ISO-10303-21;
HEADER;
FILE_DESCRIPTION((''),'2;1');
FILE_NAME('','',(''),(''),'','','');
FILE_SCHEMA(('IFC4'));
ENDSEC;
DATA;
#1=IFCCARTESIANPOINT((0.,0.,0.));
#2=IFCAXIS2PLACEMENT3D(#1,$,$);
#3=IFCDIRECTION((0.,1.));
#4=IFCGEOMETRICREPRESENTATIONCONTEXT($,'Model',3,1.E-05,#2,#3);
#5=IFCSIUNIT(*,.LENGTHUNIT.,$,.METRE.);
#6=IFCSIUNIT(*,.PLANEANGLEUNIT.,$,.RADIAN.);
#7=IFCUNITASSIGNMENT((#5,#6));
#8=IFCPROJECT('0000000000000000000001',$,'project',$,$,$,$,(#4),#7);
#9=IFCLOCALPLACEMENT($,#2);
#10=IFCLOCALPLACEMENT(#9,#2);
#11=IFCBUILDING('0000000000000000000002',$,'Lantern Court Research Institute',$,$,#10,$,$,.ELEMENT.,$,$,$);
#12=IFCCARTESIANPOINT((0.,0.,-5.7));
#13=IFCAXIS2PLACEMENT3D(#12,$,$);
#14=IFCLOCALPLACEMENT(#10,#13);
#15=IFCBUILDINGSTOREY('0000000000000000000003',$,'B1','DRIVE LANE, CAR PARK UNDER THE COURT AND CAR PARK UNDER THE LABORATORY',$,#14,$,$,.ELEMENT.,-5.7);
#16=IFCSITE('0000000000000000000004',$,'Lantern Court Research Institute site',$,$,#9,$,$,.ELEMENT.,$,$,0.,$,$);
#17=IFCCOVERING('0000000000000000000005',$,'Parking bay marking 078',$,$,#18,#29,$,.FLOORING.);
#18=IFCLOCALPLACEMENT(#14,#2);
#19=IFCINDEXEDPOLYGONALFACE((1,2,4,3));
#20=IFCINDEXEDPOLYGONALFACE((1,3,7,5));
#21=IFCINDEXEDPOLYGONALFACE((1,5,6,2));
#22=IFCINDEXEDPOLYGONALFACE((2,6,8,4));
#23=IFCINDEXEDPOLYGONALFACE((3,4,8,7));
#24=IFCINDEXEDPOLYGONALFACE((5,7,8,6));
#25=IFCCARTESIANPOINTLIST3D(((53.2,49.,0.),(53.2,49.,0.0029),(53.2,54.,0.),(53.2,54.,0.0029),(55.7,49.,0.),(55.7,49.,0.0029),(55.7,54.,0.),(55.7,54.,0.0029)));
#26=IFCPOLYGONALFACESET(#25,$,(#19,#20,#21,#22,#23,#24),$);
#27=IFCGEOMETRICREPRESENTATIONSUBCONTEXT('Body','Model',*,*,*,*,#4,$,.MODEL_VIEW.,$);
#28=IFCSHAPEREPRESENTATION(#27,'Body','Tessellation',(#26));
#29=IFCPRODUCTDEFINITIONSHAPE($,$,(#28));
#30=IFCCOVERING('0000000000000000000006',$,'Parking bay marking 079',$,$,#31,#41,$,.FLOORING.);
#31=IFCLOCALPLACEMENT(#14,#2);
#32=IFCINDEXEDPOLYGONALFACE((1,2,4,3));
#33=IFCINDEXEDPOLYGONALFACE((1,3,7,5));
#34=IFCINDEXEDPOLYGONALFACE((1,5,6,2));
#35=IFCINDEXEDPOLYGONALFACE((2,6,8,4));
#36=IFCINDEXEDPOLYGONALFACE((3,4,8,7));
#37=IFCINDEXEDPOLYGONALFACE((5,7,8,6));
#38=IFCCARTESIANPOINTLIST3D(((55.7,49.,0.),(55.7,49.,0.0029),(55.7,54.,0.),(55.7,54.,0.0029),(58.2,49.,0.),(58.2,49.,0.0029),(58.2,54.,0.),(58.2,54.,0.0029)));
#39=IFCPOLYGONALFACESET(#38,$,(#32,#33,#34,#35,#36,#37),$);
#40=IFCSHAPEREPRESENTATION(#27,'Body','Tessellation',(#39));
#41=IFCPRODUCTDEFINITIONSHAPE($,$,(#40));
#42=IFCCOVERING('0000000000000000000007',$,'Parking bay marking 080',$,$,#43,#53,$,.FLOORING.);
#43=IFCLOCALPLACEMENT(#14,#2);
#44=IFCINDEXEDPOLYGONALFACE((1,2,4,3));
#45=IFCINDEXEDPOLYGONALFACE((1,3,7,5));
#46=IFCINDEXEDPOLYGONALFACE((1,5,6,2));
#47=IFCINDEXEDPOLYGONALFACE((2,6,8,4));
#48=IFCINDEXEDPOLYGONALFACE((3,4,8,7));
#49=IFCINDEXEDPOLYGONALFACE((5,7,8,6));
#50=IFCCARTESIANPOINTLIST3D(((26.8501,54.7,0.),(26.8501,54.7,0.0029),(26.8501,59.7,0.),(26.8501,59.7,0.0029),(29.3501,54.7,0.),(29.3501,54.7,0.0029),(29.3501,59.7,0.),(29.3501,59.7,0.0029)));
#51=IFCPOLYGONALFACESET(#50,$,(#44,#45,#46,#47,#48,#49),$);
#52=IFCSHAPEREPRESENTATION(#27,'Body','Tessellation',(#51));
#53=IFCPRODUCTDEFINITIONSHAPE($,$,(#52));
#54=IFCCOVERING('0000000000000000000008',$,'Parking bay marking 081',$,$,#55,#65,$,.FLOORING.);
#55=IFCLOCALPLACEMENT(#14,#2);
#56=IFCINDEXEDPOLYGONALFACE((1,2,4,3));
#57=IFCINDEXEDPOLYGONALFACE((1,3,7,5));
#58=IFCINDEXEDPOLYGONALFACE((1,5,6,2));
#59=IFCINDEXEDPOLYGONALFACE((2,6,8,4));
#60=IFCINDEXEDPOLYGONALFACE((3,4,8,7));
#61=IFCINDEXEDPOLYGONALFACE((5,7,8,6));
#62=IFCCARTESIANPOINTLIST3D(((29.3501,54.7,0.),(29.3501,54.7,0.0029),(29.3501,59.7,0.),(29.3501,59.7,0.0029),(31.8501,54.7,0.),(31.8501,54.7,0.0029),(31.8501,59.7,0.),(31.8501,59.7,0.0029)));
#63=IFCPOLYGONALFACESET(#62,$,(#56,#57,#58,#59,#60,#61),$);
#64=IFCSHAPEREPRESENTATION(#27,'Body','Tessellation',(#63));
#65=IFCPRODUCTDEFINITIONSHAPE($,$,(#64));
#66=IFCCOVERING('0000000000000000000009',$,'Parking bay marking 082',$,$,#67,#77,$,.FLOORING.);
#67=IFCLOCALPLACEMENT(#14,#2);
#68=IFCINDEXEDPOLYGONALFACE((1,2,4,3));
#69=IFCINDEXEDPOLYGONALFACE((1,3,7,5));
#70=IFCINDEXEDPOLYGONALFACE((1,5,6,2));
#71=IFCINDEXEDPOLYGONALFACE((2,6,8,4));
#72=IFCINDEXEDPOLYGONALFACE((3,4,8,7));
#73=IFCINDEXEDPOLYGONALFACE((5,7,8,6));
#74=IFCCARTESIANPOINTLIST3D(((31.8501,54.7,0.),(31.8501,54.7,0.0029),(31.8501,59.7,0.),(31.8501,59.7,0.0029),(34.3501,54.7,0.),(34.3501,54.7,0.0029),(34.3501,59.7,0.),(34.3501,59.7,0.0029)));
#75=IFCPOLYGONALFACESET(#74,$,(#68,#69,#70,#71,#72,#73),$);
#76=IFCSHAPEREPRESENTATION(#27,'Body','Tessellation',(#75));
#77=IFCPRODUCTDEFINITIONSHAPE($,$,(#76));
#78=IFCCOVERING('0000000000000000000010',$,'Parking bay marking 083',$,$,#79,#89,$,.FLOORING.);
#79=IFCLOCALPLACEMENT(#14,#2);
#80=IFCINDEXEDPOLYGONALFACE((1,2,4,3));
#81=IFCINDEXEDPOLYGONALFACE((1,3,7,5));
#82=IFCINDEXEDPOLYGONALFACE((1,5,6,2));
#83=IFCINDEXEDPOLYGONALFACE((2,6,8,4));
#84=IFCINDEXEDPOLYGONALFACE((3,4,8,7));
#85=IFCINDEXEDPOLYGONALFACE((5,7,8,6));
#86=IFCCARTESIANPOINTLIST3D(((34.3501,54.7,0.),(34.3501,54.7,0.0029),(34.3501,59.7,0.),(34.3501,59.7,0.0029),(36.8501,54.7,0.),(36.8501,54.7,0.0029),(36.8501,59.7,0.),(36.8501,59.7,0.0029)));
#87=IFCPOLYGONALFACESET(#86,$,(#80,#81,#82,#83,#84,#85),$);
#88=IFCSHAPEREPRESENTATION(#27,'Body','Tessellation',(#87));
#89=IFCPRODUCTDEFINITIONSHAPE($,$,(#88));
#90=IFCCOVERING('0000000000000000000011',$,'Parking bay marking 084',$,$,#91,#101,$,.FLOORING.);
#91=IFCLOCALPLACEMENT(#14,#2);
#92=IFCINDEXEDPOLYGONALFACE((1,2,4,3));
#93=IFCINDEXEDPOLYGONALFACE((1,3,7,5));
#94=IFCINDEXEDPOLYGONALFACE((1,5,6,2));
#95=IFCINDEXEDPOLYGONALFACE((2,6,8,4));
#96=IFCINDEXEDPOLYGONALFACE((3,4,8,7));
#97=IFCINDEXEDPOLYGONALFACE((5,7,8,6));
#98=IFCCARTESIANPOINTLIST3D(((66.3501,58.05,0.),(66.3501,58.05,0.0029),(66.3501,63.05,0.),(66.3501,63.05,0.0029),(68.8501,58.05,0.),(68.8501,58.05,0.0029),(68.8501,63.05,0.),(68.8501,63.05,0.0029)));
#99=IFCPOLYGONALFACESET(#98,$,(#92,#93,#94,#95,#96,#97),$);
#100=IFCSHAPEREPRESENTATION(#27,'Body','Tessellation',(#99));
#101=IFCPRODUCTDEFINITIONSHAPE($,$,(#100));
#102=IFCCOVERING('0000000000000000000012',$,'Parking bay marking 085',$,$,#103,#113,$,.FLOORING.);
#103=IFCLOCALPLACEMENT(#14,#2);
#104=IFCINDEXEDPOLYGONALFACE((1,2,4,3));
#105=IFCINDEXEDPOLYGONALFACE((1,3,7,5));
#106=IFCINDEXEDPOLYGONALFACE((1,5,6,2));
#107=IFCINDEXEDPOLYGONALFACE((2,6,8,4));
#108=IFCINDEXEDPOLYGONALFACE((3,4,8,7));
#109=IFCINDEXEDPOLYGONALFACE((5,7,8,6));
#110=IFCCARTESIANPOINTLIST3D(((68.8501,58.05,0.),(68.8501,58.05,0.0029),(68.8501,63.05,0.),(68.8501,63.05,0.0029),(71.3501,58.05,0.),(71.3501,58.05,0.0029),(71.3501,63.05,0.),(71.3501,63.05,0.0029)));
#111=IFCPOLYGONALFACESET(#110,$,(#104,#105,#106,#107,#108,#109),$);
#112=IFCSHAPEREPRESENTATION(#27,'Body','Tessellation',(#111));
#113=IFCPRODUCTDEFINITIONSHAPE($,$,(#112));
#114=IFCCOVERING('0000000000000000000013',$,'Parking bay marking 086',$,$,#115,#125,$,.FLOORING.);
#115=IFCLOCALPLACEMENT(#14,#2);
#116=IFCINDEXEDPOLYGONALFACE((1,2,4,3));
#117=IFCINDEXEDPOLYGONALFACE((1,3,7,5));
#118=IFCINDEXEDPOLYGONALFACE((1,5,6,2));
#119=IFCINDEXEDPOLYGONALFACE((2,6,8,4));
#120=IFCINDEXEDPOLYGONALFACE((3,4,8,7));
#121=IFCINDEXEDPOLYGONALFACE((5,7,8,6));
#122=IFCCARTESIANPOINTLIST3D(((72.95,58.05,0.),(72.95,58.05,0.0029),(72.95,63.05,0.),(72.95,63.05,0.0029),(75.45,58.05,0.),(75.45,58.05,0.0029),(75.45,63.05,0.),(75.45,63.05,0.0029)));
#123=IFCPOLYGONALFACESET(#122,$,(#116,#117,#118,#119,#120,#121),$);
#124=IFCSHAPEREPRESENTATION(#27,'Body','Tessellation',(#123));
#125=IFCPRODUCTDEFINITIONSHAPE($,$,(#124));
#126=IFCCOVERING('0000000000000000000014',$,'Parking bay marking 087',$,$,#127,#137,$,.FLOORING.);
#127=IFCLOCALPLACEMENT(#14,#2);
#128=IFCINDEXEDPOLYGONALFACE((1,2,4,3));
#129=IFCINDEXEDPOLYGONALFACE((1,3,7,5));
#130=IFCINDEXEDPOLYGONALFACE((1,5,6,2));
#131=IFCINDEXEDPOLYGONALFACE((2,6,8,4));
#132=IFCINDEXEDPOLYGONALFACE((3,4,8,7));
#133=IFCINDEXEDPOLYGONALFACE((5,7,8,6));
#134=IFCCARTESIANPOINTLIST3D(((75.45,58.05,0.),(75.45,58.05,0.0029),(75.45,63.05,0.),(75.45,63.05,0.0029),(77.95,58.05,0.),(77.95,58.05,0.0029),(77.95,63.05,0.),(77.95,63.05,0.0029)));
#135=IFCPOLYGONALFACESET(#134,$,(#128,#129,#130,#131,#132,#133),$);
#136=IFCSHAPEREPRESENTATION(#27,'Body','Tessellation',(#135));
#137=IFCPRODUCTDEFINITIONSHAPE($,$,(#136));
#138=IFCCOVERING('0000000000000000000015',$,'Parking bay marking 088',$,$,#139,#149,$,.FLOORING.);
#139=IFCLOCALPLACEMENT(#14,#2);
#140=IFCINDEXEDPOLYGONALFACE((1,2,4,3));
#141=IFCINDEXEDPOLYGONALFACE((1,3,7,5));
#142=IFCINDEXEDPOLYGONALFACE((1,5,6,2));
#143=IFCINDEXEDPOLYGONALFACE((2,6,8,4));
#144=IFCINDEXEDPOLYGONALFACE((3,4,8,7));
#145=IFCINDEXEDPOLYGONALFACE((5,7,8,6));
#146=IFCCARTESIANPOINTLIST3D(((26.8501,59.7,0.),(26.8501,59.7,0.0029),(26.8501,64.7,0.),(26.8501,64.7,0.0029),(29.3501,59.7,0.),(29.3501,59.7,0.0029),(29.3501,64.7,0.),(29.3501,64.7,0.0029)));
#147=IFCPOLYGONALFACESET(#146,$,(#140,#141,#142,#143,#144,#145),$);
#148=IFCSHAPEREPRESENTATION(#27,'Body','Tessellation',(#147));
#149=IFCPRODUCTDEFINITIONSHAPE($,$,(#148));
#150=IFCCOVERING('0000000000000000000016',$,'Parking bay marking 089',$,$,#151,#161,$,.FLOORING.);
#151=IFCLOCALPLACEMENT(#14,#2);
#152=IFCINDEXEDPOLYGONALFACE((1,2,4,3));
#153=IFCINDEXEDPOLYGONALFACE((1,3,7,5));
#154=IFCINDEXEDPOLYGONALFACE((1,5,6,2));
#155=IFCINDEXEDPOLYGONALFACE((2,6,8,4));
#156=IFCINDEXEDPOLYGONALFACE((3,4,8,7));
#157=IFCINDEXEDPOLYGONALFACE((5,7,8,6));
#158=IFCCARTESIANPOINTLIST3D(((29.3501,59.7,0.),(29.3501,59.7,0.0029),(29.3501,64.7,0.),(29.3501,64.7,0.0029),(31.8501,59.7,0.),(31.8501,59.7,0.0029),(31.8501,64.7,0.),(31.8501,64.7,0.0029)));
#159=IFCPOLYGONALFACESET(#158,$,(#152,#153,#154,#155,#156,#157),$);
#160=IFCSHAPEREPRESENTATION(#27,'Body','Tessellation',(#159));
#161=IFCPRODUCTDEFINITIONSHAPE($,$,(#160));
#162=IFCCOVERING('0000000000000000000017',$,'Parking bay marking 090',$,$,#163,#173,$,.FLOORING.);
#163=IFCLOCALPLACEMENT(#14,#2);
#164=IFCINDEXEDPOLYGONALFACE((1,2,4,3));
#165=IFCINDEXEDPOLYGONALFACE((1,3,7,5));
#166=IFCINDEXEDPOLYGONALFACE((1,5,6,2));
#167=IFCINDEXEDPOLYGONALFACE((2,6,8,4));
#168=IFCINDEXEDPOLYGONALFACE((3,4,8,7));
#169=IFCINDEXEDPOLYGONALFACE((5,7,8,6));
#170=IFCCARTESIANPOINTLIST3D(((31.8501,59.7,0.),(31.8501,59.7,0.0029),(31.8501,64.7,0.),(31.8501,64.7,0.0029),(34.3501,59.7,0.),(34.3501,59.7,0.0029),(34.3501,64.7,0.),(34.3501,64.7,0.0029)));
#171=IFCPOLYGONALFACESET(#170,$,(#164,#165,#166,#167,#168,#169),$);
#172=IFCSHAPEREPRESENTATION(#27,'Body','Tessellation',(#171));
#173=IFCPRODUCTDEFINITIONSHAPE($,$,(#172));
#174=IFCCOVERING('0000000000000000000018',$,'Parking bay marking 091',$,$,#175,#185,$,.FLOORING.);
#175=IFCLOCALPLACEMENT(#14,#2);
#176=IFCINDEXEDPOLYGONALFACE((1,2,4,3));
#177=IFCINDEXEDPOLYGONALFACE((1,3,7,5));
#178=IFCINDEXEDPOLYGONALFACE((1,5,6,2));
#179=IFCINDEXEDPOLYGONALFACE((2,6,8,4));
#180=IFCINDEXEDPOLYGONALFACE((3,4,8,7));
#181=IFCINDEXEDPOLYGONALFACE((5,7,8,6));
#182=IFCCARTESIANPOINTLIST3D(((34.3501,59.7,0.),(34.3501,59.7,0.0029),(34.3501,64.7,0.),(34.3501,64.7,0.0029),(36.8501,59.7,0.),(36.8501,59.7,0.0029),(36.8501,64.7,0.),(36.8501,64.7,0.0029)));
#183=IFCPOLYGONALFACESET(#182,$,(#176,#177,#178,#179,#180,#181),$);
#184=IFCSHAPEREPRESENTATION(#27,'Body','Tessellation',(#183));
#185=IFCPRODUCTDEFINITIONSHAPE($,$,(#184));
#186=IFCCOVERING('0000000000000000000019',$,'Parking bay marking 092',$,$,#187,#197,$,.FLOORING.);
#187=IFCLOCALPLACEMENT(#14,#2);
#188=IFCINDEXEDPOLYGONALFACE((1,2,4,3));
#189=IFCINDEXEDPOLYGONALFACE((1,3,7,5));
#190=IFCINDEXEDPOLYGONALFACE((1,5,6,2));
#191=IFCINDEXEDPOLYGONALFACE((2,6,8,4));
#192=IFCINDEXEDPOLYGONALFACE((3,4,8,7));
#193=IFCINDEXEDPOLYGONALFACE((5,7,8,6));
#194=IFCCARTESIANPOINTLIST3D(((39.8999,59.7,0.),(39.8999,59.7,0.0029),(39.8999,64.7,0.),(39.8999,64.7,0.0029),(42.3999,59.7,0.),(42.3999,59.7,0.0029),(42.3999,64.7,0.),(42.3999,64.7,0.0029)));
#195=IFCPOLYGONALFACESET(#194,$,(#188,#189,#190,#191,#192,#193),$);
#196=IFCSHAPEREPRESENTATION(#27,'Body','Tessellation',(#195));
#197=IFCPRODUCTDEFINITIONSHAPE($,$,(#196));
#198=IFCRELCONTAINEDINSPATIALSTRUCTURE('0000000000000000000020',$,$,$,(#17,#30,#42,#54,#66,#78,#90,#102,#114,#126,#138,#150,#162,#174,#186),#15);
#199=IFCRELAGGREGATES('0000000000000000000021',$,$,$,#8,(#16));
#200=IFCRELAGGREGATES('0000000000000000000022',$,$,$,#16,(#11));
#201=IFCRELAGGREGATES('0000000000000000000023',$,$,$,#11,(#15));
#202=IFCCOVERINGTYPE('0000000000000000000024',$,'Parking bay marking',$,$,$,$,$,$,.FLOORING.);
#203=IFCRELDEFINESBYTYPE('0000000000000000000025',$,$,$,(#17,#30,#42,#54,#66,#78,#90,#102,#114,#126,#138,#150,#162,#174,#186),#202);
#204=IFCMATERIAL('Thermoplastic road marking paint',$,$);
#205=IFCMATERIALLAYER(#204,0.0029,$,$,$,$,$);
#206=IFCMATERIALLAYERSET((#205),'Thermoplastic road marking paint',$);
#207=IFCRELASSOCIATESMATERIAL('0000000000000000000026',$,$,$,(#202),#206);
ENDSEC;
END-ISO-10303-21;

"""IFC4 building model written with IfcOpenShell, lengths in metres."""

from ifc_helpers import new_model, si_unit, direction, frame, origin, place, context, subcontext, project, spatial, polyline, outline, extrude, material, layer, layer_set, type_object, element, save


model = new_model("IFC4")

# Units and contexts
model_context = context("Model", 3, precision=1e-05, world=origin(), true_north=direction((0.0, 1.0)))
body_context = subcontext(model_context, "Body", "Model", "MODEL_VIEW")
ifc_project = project(units=[si_unit("LENGTHUNIT", "METRE"), si_unit("PLANEANGLEUNIT", "RADIAN")], contexts=[model_context])

# Site, building, storey
site_placement = place(None, origin())
site = spatial("IfcSite", under=ifc_project, at=site_placement, Name="Lantern Court Research Institute site", CompositionType="ELEMENT", RefElevation=0.0)
building_placement = place(site_placement, origin())
building = spatial("IfcBuilding", under=site, at=building_placement, Name="Lantern Court Research Institute", CompositionType="ELEMENT")
storey_placement = place(building_placement, frame((0.0, 0.0, -5.7)))
storey = spatial("IfcBuildingStorey", under=building, at=storey_placement, Name="B1", Description="DRIVE LANE, CAR PARK UNDER THE COURT AND CAR PARK UNDER THE LABORATORY", CompositionType="ELEMENT", Elevation=-5.7)

# Coverings
ifc_material_1 = material(Name="Thermoplastic road marking paint")
ifc_layer_1 = layer(ifc_material_1, 0.0029)
ifc_layer_set_1 = layer_set([ifc_layer_1], Name="Thermoplastic road marking paint")
covering_type_1 = type_object("IfcCoveringType", Name="Parking bay marking", PredefinedType="FLOORING", material=ifc_layer_set_1)
covering_1_placement = place(storey_placement, origin())
element("IfcCovering", 1, at=covering_1_placement, inside=storey, type_object=covering_type_1, Name="Parking bay marking 078", PredefinedType="FLOORING", context=body_context, shape_type="SweptSolid", body=[
    extrude(outline(polyline([(53.2, 49.0), (55.7, 49.0), (55.7, 54.0), (53.2, 54.0), (53.2, 49.0)])), origin(), (0.0, 0.0, 1.0), 0.0029),
])
covering_2_placement = place(storey_placement, origin())
element("IfcCovering", 2, at=covering_2_placement, inside=storey, type_object=covering_type_1, Name="Parking bay marking 079", PredefinedType="FLOORING", context=body_context, shape_type="SweptSolid", body=[
    extrude(outline(polyline([(55.7, 49.0), (58.2, 49.0), (58.2, 54.0), (55.7, 54.0), (55.7, 49.0)])), origin(), (0.0, 0.0, 1.0), 0.0029),
])
covering_3_placement = place(storey_placement, origin())
element("IfcCovering", 3, at=covering_3_placement, inside=storey, type_object=covering_type_1, Name="Parking bay marking 080", PredefinedType="FLOORING", context=body_context, shape_type="SweptSolid", body=[
    extrude(outline(polyline([(26.8501, 54.7), (29.3501, 54.7), (29.3501, 59.7), (26.8501, 59.7), (26.8501, 54.7)])), origin(), (0.0, 0.0, 1.0), 0.0029),
])
covering_4_placement = place(storey_placement, origin())
element("IfcCovering", 4, at=covering_4_placement, inside=storey, type_object=covering_type_1, Name="Parking bay marking 081", PredefinedType="FLOORING", context=body_context, shape_type="SweptSolid", body=[
    extrude(outline(polyline([(29.3501, 54.7), (31.8501, 54.7), (31.8501, 59.7), (29.3501, 59.7), (29.3501, 54.7)])), origin(), (0.0, 0.0, 1.0), 0.0029),
])
covering_5_placement = place(storey_placement, origin())
element("IfcCovering", 5, at=covering_5_placement, inside=storey, type_object=covering_type_1, Name="Parking bay marking 082", PredefinedType="FLOORING", context=body_context, shape_type="SweptSolid", body=[
    extrude(outline(polyline([(31.8501, 54.7), (34.3501, 54.7), (34.3501, 59.7), (31.8501, 59.7), (31.8501, 54.7)])), origin(), (0.0, 0.0, 1.0), 0.0029),
])
covering_6_placement = place(storey_placement, origin())
element("IfcCovering", 6, at=covering_6_placement, inside=storey, type_object=covering_type_1, Name="Parking bay marking 083", PredefinedType="FLOORING", context=body_context, shape_type="SweptSolid", body=[
    extrude(outline(polyline([(34.3501, 54.7), (36.8501, 54.7), (36.8501, 59.7), (34.3501, 59.7), (34.3501, 54.7)])), origin(), (0.0, 0.0, 1.0), 0.0029),
])
covering_7_placement = place(storey_placement, origin())
element("IfcCovering", 7, at=covering_7_placement, inside=storey, type_object=covering_type_1, Name="Parking bay marking 084", PredefinedType="FLOORING", context=body_context, shape_type="SweptSolid", body=[
    extrude(outline(polyline([(66.3501, 58.05), (68.8501, 58.05), (68.8501, 63.05), (66.3501, 63.05), (66.3501, 58.05)])), origin(), (0.0, 0.0, 1.0), 0.0029),
])
covering_8_placement = place(storey_placement, origin())
element("IfcCovering", 8, at=covering_8_placement, inside=storey, type_object=covering_type_1, Name="Parking bay marking 085", PredefinedType="FLOORING", context=body_context, shape_type="SweptSolid", body=[
    extrude(outline(polyline([(68.8501, 58.05), (71.3501, 58.05), (71.3501, 63.05), (68.8501, 63.05), (68.8501, 58.05)])), origin(), (0.0, 0.0, 1.0), 0.0029),
])
covering_9_placement = place(storey_placement, origin())
element("IfcCovering", 9, at=covering_9_placement, inside=storey, type_object=covering_type_1, Name="Parking bay marking 086", PredefinedType="FLOORING", context=body_context, shape_type="SweptSolid", body=[
    extrude(outline(polyline([(72.95, 58.05), (75.45, 58.05), (75.45, 63.05), (72.95, 63.05), (72.95, 58.05)])), origin(), (0.0, 0.0, 1.0), 0.0029),
])
covering_10_placement = place(storey_placement, origin())
element("IfcCovering", 10, at=covering_10_placement, inside=storey, type_object=covering_type_1, Name="Parking bay marking 087", PredefinedType="FLOORING", context=body_context, shape_type="SweptSolid", body=[
    extrude(outline(polyline([(75.45, 58.05), (77.95, 58.05), (77.95, 63.05), (75.45, 63.05), (75.45, 58.05)])), origin(), (0.0, 0.0, 1.0), 0.0029),
])
covering_11_placement = place(storey_placement, origin())
element("IfcCovering", 11, at=covering_11_placement, inside=storey, type_object=covering_type_1, Name="Parking bay marking 088", PredefinedType="FLOORING", context=body_context, shape_type="SweptSolid", body=[
    extrude(outline(polyline([(26.8501, 59.7), (29.3501, 59.7), (29.3501, 64.7), (26.8501, 64.7), (26.8501, 59.7)])), origin(), (0.0, 0.0, 1.0), 0.0029),
])
covering_12_placement = place(storey_placement, origin())
element("IfcCovering", 12, at=covering_12_placement, inside=storey, type_object=covering_type_1, Name="Parking bay marking 089", PredefinedType="FLOORING", context=body_context, shape_type="SweptSolid", body=[
    extrude(outline(polyline([(29.3501, 59.7), (31.8501, 59.7), (31.8501, 64.7), (29.3501, 64.7), (29.3501, 59.7)])), origin(), (0.0, 0.0, 1.0), 0.0029),
])
covering_13_placement = place(storey_placement, origin())
element("IfcCovering", 13, at=covering_13_placement, inside=storey, type_object=covering_type_1, Name="Parking bay marking 090", PredefinedType="FLOORING", context=body_context, shape_type="SweptSolid", body=[
    extrude(outline(polyline([(31.8501, 59.7), (34.3501, 59.7), (34.3501, 64.7), (31.8501, 64.7), (31.8501, 59.7)])), origin(), (0.0, 0.0, 1.0), 0.0029),
])
covering_14_placement = place(storey_placement, origin())
element("IfcCovering", 14, at=covering_14_placement, inside=storey, type_object=covering_type_1, Name="Parking bay marking 091", PredefinedType="FLOORING", context=body_context, shape_type="SweptSolid", body=[
    extrude(outline(polyline([(34.3501, 59.7), (36.8501, 59.7), (36.8501, 64.7), (34.3501, 64.7), (34.3501, 59.7)])), origin(), (0.0, 0.0, 1.0), 0.0029),
])
covering_15_placement = place(storey_placement, origin())
element("IfcCovering", 15, at=covering_15_placement, inside=storey, type_object=covering_type_1, Name="Parking bay marking 092", PredefinedType="FLOORING", context=body_context, shape_type="SweptSolid", body=[
    extrude(outline(polyline([(39.8999, 59.7), (42.3999, 59.7), (42.3999, 64.7), (39.8999, 64.7), (39.8999, 59.7)])), origin(), (0.0, 0.0, 1.0), 0.0029),
])

save(model, "model.ifc")
